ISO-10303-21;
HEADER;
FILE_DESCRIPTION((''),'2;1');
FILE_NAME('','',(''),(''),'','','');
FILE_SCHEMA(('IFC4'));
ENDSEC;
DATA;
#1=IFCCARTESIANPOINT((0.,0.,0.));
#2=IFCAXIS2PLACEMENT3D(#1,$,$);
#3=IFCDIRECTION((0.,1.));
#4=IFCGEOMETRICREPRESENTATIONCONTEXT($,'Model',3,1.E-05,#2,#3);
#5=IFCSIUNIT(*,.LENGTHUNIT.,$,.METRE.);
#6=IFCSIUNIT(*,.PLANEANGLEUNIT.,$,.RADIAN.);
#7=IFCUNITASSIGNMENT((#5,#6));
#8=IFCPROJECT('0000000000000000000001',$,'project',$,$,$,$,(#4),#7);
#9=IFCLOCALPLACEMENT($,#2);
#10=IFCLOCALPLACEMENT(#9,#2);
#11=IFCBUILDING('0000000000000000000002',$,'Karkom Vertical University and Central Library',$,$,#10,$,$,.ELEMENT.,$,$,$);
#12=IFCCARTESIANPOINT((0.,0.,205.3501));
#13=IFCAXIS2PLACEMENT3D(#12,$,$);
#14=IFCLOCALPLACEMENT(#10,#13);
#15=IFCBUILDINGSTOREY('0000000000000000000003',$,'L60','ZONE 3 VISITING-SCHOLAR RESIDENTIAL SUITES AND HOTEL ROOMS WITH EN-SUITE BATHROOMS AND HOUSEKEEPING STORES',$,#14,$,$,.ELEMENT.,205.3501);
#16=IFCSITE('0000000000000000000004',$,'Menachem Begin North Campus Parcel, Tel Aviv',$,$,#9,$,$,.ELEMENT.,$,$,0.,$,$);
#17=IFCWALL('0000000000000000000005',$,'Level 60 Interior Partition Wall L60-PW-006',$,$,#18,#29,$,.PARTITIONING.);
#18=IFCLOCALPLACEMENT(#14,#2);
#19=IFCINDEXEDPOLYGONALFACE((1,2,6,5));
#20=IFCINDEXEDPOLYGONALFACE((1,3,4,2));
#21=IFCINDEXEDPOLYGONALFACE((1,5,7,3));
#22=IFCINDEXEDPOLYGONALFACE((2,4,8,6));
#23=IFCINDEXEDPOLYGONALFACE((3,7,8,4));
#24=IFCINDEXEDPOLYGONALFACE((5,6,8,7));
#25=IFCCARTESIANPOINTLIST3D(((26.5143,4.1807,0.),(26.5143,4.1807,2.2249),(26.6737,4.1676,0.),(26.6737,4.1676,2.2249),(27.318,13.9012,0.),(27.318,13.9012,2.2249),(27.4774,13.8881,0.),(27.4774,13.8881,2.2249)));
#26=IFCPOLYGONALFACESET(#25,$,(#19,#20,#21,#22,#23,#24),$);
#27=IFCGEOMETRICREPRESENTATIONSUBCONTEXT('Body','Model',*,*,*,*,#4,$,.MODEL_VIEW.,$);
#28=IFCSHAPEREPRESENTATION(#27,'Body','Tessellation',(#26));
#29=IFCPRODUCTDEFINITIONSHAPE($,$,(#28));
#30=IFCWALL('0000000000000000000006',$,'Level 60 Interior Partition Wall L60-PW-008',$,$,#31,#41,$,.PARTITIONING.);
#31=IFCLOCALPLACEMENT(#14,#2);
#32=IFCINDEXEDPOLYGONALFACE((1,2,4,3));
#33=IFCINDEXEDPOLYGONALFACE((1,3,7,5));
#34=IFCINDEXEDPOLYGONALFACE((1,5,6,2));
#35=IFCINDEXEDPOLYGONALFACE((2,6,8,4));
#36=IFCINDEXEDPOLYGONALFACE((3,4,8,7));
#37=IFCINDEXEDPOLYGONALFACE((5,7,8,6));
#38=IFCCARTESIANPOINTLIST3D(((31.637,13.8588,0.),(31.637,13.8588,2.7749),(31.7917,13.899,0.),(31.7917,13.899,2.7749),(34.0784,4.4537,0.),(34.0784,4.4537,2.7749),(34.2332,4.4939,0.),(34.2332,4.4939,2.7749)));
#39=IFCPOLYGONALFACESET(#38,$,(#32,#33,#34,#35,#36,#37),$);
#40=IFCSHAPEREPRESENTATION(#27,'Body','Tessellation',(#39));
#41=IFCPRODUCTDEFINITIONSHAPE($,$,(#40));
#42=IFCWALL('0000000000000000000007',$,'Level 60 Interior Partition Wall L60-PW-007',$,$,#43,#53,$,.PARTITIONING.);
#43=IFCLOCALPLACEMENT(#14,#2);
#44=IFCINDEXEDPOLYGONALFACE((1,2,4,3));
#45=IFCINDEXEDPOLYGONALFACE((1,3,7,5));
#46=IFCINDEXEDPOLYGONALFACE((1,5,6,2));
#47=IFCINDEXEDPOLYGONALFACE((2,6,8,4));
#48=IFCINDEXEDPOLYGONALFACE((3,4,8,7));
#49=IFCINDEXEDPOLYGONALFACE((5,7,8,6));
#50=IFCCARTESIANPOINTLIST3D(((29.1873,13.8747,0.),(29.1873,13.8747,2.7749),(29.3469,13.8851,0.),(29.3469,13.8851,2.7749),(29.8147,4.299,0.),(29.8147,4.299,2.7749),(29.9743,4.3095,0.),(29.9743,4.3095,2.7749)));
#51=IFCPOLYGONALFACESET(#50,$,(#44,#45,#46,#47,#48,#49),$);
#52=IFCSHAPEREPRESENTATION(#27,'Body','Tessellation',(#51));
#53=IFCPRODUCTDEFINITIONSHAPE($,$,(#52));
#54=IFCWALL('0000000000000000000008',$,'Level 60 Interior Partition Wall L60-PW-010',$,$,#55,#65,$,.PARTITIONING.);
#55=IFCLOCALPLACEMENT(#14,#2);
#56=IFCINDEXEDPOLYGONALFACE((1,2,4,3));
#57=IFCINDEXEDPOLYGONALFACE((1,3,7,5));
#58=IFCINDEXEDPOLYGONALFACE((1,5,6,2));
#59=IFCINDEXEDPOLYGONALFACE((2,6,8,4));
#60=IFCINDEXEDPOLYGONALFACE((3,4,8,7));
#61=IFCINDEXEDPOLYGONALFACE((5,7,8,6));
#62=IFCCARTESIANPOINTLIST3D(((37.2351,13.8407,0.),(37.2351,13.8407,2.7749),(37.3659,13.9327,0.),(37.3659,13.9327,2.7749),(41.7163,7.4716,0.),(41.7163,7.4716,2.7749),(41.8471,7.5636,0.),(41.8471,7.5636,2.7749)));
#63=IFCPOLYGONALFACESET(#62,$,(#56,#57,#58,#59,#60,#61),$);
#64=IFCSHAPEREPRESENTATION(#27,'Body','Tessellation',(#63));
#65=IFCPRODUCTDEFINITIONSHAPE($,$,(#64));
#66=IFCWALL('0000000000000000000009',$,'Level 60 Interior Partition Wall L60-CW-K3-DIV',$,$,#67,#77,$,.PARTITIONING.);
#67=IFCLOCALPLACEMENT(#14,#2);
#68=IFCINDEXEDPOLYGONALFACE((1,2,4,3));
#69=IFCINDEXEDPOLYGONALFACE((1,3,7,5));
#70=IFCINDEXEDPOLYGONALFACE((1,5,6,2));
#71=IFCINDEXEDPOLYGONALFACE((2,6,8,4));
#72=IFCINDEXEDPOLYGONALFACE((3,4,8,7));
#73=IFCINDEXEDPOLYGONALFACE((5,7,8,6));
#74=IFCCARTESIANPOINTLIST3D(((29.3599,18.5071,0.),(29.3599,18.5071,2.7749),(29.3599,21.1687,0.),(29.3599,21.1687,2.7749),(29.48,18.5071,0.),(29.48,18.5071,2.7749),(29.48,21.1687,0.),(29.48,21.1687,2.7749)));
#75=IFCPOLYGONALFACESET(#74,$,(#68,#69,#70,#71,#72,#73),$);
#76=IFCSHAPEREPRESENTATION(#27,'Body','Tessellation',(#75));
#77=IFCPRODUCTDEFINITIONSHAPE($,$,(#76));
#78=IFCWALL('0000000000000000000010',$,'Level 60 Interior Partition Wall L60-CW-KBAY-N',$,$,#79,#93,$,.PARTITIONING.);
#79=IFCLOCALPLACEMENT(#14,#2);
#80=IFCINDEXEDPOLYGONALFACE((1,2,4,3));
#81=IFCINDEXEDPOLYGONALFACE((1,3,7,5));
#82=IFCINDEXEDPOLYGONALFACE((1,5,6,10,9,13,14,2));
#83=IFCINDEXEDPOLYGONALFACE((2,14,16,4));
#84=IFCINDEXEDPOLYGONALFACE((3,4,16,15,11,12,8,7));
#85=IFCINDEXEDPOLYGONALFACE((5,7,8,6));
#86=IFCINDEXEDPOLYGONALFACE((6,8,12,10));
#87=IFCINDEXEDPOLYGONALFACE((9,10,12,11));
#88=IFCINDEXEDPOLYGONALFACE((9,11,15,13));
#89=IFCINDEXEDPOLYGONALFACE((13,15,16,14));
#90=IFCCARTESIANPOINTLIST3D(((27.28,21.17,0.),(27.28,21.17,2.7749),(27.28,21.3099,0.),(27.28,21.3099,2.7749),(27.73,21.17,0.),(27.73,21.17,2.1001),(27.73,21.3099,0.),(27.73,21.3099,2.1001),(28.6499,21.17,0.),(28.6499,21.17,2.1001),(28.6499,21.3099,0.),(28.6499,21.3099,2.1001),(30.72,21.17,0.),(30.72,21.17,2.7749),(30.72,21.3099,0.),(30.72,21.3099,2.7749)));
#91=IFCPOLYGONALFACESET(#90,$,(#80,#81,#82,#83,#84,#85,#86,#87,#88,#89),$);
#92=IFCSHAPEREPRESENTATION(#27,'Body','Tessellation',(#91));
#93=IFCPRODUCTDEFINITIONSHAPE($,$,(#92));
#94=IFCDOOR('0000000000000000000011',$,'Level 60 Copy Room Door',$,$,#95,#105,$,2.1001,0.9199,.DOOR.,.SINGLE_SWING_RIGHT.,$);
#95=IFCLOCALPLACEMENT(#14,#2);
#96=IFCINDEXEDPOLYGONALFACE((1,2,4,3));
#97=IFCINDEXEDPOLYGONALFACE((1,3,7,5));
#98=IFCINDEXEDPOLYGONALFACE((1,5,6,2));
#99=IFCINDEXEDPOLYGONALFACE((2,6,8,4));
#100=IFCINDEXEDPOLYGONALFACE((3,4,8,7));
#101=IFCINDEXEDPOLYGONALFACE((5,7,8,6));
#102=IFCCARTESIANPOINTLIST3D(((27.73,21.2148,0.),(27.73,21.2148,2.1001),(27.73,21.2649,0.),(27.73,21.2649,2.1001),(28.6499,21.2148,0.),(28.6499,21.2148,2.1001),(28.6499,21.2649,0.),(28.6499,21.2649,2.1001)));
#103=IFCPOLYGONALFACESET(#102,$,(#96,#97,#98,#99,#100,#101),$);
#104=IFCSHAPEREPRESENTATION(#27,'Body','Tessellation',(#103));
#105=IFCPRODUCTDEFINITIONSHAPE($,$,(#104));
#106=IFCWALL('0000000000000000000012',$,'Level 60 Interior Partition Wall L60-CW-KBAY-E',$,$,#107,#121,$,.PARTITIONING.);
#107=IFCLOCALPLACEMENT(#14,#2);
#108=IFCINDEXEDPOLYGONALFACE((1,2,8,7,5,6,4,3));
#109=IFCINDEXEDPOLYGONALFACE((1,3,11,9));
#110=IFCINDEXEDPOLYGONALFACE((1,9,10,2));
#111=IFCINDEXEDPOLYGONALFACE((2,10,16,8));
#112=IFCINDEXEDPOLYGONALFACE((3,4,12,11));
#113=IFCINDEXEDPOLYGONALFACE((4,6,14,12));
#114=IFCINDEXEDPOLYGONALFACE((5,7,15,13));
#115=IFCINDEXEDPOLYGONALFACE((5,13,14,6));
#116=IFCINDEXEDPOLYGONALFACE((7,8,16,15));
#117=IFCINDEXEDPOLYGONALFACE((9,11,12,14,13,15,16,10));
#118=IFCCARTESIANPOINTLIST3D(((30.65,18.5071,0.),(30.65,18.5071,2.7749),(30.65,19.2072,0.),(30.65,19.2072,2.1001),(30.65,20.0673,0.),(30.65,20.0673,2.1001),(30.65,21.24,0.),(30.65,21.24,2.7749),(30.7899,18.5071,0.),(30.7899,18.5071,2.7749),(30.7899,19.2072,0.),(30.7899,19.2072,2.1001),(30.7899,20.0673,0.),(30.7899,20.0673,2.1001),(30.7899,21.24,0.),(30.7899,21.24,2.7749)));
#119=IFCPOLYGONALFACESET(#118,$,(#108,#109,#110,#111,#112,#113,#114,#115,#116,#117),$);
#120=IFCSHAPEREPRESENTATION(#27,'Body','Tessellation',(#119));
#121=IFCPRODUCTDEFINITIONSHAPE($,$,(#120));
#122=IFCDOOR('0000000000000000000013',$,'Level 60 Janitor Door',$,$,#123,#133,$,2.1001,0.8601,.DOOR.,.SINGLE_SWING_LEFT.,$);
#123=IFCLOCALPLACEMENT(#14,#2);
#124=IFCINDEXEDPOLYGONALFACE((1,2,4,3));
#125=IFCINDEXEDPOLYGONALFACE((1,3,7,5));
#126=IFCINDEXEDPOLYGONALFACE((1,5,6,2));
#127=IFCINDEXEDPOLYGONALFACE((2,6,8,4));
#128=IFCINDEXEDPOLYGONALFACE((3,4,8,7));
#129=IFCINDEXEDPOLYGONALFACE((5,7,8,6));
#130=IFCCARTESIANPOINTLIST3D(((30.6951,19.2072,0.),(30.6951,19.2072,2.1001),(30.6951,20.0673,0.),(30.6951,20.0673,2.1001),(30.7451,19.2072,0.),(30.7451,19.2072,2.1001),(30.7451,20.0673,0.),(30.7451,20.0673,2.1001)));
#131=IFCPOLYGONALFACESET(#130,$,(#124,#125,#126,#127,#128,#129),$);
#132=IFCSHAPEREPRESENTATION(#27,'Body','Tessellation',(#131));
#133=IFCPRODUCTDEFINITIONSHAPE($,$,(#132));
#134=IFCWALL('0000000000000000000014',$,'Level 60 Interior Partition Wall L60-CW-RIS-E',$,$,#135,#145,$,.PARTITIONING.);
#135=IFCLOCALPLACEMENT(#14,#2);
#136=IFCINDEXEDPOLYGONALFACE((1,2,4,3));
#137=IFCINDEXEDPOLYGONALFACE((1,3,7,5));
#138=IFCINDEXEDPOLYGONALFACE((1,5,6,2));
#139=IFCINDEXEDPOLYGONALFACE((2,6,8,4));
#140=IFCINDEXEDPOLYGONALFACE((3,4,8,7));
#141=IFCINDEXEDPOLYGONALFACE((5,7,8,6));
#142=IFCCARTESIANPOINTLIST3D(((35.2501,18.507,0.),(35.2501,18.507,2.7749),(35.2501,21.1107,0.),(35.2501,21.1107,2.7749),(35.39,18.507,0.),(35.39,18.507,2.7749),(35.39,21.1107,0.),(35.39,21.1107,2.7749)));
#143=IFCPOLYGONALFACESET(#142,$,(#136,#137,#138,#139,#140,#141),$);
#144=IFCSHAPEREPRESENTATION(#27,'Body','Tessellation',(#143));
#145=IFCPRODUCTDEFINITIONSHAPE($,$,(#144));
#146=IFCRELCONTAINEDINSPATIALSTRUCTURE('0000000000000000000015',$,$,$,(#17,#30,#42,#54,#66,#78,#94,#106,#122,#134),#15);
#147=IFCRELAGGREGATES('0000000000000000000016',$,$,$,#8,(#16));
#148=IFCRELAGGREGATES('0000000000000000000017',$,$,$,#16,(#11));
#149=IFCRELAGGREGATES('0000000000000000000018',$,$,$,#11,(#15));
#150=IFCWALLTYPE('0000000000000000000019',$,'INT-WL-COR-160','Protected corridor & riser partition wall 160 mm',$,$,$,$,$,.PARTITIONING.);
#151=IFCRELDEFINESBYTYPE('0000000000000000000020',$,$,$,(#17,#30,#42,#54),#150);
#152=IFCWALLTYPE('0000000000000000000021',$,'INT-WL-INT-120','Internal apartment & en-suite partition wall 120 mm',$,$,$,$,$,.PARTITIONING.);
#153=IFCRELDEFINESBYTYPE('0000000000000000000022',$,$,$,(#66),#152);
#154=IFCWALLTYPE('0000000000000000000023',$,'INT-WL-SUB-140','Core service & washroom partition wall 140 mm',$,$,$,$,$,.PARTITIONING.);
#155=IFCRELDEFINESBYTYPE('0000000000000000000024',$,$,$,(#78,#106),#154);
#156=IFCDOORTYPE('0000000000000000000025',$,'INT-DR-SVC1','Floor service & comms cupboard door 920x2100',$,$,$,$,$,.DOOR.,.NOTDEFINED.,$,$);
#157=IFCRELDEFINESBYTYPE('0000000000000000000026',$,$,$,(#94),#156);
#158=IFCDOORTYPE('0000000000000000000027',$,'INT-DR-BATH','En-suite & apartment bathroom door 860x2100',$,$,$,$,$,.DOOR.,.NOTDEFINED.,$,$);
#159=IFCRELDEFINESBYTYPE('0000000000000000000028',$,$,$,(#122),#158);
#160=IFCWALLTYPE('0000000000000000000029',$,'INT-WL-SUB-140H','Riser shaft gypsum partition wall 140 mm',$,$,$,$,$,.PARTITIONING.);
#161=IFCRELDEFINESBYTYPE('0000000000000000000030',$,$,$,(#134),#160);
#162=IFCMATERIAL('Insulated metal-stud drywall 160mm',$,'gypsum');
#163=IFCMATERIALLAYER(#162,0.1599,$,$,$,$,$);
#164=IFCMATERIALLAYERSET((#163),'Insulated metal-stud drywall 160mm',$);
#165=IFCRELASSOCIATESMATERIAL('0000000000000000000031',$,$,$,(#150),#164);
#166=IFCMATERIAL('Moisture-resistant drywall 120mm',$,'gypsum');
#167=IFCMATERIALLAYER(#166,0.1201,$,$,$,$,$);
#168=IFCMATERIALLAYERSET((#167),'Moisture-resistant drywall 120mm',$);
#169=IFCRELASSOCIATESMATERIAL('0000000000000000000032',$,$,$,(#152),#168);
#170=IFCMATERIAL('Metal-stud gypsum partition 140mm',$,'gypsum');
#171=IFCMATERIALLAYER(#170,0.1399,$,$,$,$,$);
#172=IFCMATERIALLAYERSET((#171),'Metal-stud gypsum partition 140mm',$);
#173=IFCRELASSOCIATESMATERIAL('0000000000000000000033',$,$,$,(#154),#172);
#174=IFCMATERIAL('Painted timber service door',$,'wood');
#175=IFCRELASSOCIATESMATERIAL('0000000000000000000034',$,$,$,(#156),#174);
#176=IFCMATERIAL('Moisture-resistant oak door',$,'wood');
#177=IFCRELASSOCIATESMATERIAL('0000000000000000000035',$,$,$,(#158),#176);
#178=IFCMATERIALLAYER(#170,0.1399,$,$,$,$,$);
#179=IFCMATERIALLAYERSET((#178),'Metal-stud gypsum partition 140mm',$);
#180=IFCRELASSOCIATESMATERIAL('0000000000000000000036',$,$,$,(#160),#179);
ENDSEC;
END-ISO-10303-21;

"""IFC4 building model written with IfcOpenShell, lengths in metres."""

from ifc_helpers import new_model, si_unit, direction, frame, frame_2d, origin, origin_with_axes, place, context, subcontext, project, spatial, rectangle, extrude, source, transform, mapped, material, layer, layer_set, type_object, element, fill, save


model = new_model("IFC4")

# Units and contexts
model_context = context("Model", 3, precision=1e-05, world=origin(), true_north=direction((0.0, 1.0)))
body_context = subcontext(model_context, "Body", "Model", "MODEL_VIEW")
ifc_project = project(units=[si_unit("LENGTHUNIT", "METRE"), si_unit("PLANEANGLEUNIT", "RADIAN")], contexts=[model_context])

# Site, building, storey
site_placement = place(None, origin())
site = spatial("IfcSite", under=ifc_project, at=site_placement, Name="Menachem Begin North Campus Parcel, Tel Aviv", CompositionType="ELEMENT", RefElevation=0.0)
building_placement = place(site_placement, origin())
building = spatial("IfcBuilding", under=site, at=building_placement, Name="Karkom Vertical University and Central Library", CompositionType="ELEMENT")
storey_placement = place(building_placement, frame((0.0, 0.0, 205.3501)))
storey = spatial("IfcBuildingStorey", under=building, at=storey_placement, Name="L60", Description="ZONE 3 VISITING-SCHOLAR RESIDENTIAL SUITES AND HOTEL ROOMS WITH EN-SUITE BATHROOMS AND HOUSEKEEPING STORES", CompositionType="ELEMENT", Elevation=205.3501)

# Walls
ifc_material_1 = material(Name="Insulated metal-stud drywall 160mm", Category="gypsum")
ifc_layer_1 = layer(ifc_material_1, 0.1599)
ifc_layer_set_1 = layer_set([ifc_layer_1], Name="Insulated metal-stud drywall 160mm")
wall_type_1 = type_object("IfcWallType", Name="INT-WL-COR-160", Description="Protected corridor & riser partition wall 160 mm", PredefinedType="PARTITIONING", material=ifc_layer_set_1)
wall_1_placement = place(storey_placement, frame((27.3977, 13.8948, 0.0), z_axis=(0.0, 0.0, 1.0), x_axis=(-0.082401, -0.996599, 0.0)))
element("IfcWall", 1, at=wall_1_placement, inside=storey, type_object=wall_type_1, Name="Level 60 Interior Partition Wall L60-PW-006", PredefinedType="PARTITIONING", context=body_context, shape_type="SweptSolid", body=[
    extrude(rectangle(XDim=9.7537, YDim=0.1599, at=frame_2d((4.877, 0.0))), origin(), (0.0, 0.0, 1.0), 2.2249),
])
wall_2_placement = place(storey_placement, frame((31.7144, 13.8789, 0.0), z_axis=(0.0, 0.0, 1.0), x_axis=(0.251258, -0.96792, 0.0)))
element("IfcWall", 2, at=wall_2_placement, inside=storey, type_object=wall_type_1, Name="Level 60 Interior Partition Wall L60-PW-008", PredefinedType="PARTITIONING", context=body_context, shape_type="SweptSolid", body=[
    extrude(rectangle(XDim=9.7168, YDim=0.1599, at=frame_2d((4.8584, 0.0))), origin(), (0.0, 0.0, 1.0), 2.7749),
])
wall_3_placement = place(storey_placement, frame((29.2671, 13.8799, 0.0), z_axis=(0.0, 0.0, 1.0), x_axis=(0.065384, -0.99786, 0.0)))
element("IfcWall", 3, at=wall_3_placement, inside=storey, type_object=wall_type_1, Name="Level 60 Interior Partition Wall L60-PW-007", PredefinedType="PARTITIONING", context=body_context, shape_type="SweptSolid", body=[
    extrude(rectangle(XDim=9.5962, YDim=0.1599, at=frame_2d((4.7981, 0.0))), origin(), (0.0, 0.0, 1.0), 2.7749),
])
wall_4_placement = place(storey_placement, frame((37.3005, 13.8867, 0.0), z_axis=(0.0, 0.0, 1.0), x_axis=(0.575426, -0.817854, 0.0)))
element("IfcWall", 4, at=wall_4_placement, inside=storey, type_object=wall_type_1, Name="Level 60 Interior Partition Wall L60-PW-010", PredefinedType="PARTITIONING", context=body_context, shape_type="SweptSolid", body=[
    extrude(rectangle(XDim=7.7876, YDim=0.1599, at=frame_2d((3.8938, 0.0))), origin(), (0.0, 0.0, 1.0), 2.7749),
])
ifc_material_2 = material(Name="Moisture-resistant drywall 120mm", Category="gypsum")
ifc_layer_2 = layer(ifc_material_2, 0.1201)
ifc_layer_set_2 = layer_set([ifc_layer_2], Name="Moisture-resistant drywall 120mm")
wall_type_2 = type_object("IfcWallType", Name="INT-WL-INT-120", Description="Internal apartment & en-suite partition wall 120 mm", PredefinedType="PARTITIONING", material=ifc_layer_set_2)
wall_5_placement = place(storey_placement, frame((29.4199, 18.5071, 0.0), z_axis=(0.0, 0.0, 1.0), x_axis=(0.0, 1.0, 0.0)))
element("IfcWall", 5, at=wall_5_placement, inside=storey, type_object=wall_type_2, Name="Level 60 Interior Partition Wall L60-CW-K3-DIV", PredefinedType="PARTITIONING", context=body_context, shape_type="SweptSolid", body=[
    extrude(rectangle(XDim=2.6616, YDim=0.1201, at=frame_2d((1.3308, 0.0))), origin(), (0.0, 0.0, 1.0), 2.7749),
])

# Walls, openings, doors
ifc_material_3 = material(Name="Metal-stud gypsum partition 140mm", Category="gypsum")
ifc_layer_3 = layer(ifc_material_3, 0.1399)
ifc_layer_set_3 = layer_set([ifc_layer_3], Name="Metal-stud gypsum partition 140mm")
wall_type_3 = type_object("IfcWallType", Name="INT-WL-SUB-140", Description="Core service & washroom partition wall 140 mm", PredefinedType="PARTITIONING", material=ifc_layer_set_3)
wall_6_placement = place(storey_placement, frame((27.28, 21.24, 0.0), z_axis=(0.0, 0.0, 1.0), x_axis=(1.0, 0.0, 0.0)))
wall_6 = element("IfcWall", 6, at=wall_6_placement, inside=storey, type_object=wall_type_3, Name="Level 60 Interior Partition Wall L60-CW-KBAY-N", PredefinedType="PARTITIONING", context=body_context, shape_type="SweptSolid", body=[
    extrude(rectangle(XDim=3.4399, YDim=0.1399, at=frame_2d((1.72, 0.0))), origin(), (0.0, 0.0, 1.0), 2.7749),
])
opening_1_placement = place(wall_6_placement, frame((0.45, 0.0, 0.0)))
opening_1 = element("IfcOpeningElement", 7, at=opening_1_placement, cuts=wall_6, PredefinedType="OPENING", context=body_context, shape_type="SweptSolid", body=[
    extrude(rectangle(XDim=0.9199, YDim=2.1001, at=frame_2d((0.46, 1.05))), frame((0.0, 0.0801, 0.0), z_axis=(0.0, -1.0, 0.0), x_axis=(1.0, 0.0, 0.0)), (0.0, 0.0, 1.0), 0.1599),
])
ifc_material_4 = material(Name="Painted timber service door", Category="wood")
door_type_1 = type_object("IfcDoorType", Name="INT-DR-SVC1", Description="Floor service & comms cupboard door 920x2100", OperationType="NOTDEFINED", PredefinedType="DOOR", material=ifc_material_4)
shared_shape_1 = source(origin_with_axes(), body_context, "Body", "SweptSolid", [
    extrude(rectangle(XDim=0.9199, YDim=2.1001, at=frame_2d((0.46, 1.05))), frame((0.0, 0.0249, 0.0), z_axis=(0.0, -1.0, 0.0), x_axis=(1.0, 0.0, 0.0)), (0.0, 0.0, 1.0), 0.05),
])
door_1_placement = place(opening_1_placement, origin())
door_1 = element("IfcDoor", 8, at=door_1_placement, inside=storey, type_object=door_type_1, Name="Level 60 Copy Room Door", OperationType="SINGLE_SWING_RIGHT", OverallHeight=2.1001, OverallWidth=0.9199, PredefinedType="DOOR", context=body_context, shape_type="MappedRepresentation", body=[
    mapped(shared_shape_1, transform((0.0, 0.0, 0.0), scale=1.0)),
])
fill(opening_1, door_1)
wall_7_placement = place(storey_placement, frame((30.72, 18.5071, 0.0), z_axis=(0.0, 0.0, 1.0), x_axis=(0.0, 1.0, 0.0)))
wall_7 = element("IfcWall", 9, at=wall_7_placement, inside=storey, type_object=wall_type_3, Name="Level 60 Interior Partition Wall L60-CW-KBAY-E", PredefinedType="PARTITIONING", context=body_context, shape_type="SweptSolid", body=[
    extrude(rectangle(XDim=2.7329, YDim=0.1399, at=frame_2d((1.3665, 0.0))), origin(), (0.0, 0.0, 1.0), 2.7749),
])
opening_2_placement = place(wall_7_placement, frame((0.7, 0.0, 0.0)))
opening_2 = element("IfcOpeningElement", 10, at=opening_2_placement, cuts=wall_7, PredefinedType="OPENING", context=body_context, shape_type="SweptSolid", body=[
    extrude(rectangle(XDim=0.8601, YDim=2.1001, at=frame_2d((0.4302, 1.05))), frame((0.0, 0.0801, 0.0), z_axis=(0.0, -1.0, 0.0), x_axis=(1.0, 0.0, 0.0)), (0.0, 0.0, 1.0), 0.1599),
])
ifc_material_5 = material(Name="Moisture-resistant oak door", Category="wood")
door_type_2 = type_object("IfcDoorType", Name="INT-DR-BATH", Description="En-suite & apartment bathroom door 860x2100", OperationType="NOTDEFINED", PredefinedType="DOOR", material=ifc_material_5)
shared_shape_2 = source(origin_with_axes(), body_context, "Body", "SweptSolid", [
    extrude(rectangle(XDim=0.8601, YDim=2.1001, at=frame_2d((0.4302, 1.05))), frame((0.0, 0.0249, 0.0), z_axis=(0.0, -1.0, 0.0), x_axis=(1.0, 0.0, 0.0)), (0.0, 0.0, 1.0), 0.05),
])
door_2_placement = place(opening_2_placement, origin())
door_2 = element("IfcDoor", 11, at=door_2_placement, inside=storey, type_object=door_type_2, Name="Level 60 Janitor Door", OperationType="SINGLE_SWING_LEFT", OverallHeight=2.1001, OverallWidth=0.8601, PredefinedType="DOOR", context=body_context, shape_type="MappedRepresentation", body=[
    mapped(shared_shape_2, transform((0.0, 0.0, 0.0), scale=1.0)),
])
fill(opening_2, door_2)

# Wall
ifc_layer_4 = layer(ifc_material_3, 0.1399)
ifc_layer_set_4 = layer_set([ifc_layer_4], Name="Metal-stud gypsum partition 140mm")
wall_type_4 = type_object("IfcWallType", Name="INT-WL-SUB-140H", Description="Riser shaft gypsum partition wall 140 mm", PredefinedType="PARTITIONING", material=ifc_layer_set_4)
wall_8_placement = place(storey_placement, frame((35.3201, 18.5071, 0.0), z_axis=(0.0, 0.0, 1.0), x_axis=(0.0, 1.0, 0.0)))
element("IfcWall", 12, at=wall_8_placement, inside=storey, type_object=wall_type_4, Name="Level 60 Interior Partition Wall L60-CW-RIS-E", PredefinedType="PARTITIONING", context=body_context, shape_type="SweptSolid", body=[
    extrude(rectangle(XDim=2.6038, YDim=0.1399, at=frame_2d((1.3018, 0.0))), origin(), (0.0, 0.0, 1.0), 2.7749),
])

save(model, "model.ifc")
